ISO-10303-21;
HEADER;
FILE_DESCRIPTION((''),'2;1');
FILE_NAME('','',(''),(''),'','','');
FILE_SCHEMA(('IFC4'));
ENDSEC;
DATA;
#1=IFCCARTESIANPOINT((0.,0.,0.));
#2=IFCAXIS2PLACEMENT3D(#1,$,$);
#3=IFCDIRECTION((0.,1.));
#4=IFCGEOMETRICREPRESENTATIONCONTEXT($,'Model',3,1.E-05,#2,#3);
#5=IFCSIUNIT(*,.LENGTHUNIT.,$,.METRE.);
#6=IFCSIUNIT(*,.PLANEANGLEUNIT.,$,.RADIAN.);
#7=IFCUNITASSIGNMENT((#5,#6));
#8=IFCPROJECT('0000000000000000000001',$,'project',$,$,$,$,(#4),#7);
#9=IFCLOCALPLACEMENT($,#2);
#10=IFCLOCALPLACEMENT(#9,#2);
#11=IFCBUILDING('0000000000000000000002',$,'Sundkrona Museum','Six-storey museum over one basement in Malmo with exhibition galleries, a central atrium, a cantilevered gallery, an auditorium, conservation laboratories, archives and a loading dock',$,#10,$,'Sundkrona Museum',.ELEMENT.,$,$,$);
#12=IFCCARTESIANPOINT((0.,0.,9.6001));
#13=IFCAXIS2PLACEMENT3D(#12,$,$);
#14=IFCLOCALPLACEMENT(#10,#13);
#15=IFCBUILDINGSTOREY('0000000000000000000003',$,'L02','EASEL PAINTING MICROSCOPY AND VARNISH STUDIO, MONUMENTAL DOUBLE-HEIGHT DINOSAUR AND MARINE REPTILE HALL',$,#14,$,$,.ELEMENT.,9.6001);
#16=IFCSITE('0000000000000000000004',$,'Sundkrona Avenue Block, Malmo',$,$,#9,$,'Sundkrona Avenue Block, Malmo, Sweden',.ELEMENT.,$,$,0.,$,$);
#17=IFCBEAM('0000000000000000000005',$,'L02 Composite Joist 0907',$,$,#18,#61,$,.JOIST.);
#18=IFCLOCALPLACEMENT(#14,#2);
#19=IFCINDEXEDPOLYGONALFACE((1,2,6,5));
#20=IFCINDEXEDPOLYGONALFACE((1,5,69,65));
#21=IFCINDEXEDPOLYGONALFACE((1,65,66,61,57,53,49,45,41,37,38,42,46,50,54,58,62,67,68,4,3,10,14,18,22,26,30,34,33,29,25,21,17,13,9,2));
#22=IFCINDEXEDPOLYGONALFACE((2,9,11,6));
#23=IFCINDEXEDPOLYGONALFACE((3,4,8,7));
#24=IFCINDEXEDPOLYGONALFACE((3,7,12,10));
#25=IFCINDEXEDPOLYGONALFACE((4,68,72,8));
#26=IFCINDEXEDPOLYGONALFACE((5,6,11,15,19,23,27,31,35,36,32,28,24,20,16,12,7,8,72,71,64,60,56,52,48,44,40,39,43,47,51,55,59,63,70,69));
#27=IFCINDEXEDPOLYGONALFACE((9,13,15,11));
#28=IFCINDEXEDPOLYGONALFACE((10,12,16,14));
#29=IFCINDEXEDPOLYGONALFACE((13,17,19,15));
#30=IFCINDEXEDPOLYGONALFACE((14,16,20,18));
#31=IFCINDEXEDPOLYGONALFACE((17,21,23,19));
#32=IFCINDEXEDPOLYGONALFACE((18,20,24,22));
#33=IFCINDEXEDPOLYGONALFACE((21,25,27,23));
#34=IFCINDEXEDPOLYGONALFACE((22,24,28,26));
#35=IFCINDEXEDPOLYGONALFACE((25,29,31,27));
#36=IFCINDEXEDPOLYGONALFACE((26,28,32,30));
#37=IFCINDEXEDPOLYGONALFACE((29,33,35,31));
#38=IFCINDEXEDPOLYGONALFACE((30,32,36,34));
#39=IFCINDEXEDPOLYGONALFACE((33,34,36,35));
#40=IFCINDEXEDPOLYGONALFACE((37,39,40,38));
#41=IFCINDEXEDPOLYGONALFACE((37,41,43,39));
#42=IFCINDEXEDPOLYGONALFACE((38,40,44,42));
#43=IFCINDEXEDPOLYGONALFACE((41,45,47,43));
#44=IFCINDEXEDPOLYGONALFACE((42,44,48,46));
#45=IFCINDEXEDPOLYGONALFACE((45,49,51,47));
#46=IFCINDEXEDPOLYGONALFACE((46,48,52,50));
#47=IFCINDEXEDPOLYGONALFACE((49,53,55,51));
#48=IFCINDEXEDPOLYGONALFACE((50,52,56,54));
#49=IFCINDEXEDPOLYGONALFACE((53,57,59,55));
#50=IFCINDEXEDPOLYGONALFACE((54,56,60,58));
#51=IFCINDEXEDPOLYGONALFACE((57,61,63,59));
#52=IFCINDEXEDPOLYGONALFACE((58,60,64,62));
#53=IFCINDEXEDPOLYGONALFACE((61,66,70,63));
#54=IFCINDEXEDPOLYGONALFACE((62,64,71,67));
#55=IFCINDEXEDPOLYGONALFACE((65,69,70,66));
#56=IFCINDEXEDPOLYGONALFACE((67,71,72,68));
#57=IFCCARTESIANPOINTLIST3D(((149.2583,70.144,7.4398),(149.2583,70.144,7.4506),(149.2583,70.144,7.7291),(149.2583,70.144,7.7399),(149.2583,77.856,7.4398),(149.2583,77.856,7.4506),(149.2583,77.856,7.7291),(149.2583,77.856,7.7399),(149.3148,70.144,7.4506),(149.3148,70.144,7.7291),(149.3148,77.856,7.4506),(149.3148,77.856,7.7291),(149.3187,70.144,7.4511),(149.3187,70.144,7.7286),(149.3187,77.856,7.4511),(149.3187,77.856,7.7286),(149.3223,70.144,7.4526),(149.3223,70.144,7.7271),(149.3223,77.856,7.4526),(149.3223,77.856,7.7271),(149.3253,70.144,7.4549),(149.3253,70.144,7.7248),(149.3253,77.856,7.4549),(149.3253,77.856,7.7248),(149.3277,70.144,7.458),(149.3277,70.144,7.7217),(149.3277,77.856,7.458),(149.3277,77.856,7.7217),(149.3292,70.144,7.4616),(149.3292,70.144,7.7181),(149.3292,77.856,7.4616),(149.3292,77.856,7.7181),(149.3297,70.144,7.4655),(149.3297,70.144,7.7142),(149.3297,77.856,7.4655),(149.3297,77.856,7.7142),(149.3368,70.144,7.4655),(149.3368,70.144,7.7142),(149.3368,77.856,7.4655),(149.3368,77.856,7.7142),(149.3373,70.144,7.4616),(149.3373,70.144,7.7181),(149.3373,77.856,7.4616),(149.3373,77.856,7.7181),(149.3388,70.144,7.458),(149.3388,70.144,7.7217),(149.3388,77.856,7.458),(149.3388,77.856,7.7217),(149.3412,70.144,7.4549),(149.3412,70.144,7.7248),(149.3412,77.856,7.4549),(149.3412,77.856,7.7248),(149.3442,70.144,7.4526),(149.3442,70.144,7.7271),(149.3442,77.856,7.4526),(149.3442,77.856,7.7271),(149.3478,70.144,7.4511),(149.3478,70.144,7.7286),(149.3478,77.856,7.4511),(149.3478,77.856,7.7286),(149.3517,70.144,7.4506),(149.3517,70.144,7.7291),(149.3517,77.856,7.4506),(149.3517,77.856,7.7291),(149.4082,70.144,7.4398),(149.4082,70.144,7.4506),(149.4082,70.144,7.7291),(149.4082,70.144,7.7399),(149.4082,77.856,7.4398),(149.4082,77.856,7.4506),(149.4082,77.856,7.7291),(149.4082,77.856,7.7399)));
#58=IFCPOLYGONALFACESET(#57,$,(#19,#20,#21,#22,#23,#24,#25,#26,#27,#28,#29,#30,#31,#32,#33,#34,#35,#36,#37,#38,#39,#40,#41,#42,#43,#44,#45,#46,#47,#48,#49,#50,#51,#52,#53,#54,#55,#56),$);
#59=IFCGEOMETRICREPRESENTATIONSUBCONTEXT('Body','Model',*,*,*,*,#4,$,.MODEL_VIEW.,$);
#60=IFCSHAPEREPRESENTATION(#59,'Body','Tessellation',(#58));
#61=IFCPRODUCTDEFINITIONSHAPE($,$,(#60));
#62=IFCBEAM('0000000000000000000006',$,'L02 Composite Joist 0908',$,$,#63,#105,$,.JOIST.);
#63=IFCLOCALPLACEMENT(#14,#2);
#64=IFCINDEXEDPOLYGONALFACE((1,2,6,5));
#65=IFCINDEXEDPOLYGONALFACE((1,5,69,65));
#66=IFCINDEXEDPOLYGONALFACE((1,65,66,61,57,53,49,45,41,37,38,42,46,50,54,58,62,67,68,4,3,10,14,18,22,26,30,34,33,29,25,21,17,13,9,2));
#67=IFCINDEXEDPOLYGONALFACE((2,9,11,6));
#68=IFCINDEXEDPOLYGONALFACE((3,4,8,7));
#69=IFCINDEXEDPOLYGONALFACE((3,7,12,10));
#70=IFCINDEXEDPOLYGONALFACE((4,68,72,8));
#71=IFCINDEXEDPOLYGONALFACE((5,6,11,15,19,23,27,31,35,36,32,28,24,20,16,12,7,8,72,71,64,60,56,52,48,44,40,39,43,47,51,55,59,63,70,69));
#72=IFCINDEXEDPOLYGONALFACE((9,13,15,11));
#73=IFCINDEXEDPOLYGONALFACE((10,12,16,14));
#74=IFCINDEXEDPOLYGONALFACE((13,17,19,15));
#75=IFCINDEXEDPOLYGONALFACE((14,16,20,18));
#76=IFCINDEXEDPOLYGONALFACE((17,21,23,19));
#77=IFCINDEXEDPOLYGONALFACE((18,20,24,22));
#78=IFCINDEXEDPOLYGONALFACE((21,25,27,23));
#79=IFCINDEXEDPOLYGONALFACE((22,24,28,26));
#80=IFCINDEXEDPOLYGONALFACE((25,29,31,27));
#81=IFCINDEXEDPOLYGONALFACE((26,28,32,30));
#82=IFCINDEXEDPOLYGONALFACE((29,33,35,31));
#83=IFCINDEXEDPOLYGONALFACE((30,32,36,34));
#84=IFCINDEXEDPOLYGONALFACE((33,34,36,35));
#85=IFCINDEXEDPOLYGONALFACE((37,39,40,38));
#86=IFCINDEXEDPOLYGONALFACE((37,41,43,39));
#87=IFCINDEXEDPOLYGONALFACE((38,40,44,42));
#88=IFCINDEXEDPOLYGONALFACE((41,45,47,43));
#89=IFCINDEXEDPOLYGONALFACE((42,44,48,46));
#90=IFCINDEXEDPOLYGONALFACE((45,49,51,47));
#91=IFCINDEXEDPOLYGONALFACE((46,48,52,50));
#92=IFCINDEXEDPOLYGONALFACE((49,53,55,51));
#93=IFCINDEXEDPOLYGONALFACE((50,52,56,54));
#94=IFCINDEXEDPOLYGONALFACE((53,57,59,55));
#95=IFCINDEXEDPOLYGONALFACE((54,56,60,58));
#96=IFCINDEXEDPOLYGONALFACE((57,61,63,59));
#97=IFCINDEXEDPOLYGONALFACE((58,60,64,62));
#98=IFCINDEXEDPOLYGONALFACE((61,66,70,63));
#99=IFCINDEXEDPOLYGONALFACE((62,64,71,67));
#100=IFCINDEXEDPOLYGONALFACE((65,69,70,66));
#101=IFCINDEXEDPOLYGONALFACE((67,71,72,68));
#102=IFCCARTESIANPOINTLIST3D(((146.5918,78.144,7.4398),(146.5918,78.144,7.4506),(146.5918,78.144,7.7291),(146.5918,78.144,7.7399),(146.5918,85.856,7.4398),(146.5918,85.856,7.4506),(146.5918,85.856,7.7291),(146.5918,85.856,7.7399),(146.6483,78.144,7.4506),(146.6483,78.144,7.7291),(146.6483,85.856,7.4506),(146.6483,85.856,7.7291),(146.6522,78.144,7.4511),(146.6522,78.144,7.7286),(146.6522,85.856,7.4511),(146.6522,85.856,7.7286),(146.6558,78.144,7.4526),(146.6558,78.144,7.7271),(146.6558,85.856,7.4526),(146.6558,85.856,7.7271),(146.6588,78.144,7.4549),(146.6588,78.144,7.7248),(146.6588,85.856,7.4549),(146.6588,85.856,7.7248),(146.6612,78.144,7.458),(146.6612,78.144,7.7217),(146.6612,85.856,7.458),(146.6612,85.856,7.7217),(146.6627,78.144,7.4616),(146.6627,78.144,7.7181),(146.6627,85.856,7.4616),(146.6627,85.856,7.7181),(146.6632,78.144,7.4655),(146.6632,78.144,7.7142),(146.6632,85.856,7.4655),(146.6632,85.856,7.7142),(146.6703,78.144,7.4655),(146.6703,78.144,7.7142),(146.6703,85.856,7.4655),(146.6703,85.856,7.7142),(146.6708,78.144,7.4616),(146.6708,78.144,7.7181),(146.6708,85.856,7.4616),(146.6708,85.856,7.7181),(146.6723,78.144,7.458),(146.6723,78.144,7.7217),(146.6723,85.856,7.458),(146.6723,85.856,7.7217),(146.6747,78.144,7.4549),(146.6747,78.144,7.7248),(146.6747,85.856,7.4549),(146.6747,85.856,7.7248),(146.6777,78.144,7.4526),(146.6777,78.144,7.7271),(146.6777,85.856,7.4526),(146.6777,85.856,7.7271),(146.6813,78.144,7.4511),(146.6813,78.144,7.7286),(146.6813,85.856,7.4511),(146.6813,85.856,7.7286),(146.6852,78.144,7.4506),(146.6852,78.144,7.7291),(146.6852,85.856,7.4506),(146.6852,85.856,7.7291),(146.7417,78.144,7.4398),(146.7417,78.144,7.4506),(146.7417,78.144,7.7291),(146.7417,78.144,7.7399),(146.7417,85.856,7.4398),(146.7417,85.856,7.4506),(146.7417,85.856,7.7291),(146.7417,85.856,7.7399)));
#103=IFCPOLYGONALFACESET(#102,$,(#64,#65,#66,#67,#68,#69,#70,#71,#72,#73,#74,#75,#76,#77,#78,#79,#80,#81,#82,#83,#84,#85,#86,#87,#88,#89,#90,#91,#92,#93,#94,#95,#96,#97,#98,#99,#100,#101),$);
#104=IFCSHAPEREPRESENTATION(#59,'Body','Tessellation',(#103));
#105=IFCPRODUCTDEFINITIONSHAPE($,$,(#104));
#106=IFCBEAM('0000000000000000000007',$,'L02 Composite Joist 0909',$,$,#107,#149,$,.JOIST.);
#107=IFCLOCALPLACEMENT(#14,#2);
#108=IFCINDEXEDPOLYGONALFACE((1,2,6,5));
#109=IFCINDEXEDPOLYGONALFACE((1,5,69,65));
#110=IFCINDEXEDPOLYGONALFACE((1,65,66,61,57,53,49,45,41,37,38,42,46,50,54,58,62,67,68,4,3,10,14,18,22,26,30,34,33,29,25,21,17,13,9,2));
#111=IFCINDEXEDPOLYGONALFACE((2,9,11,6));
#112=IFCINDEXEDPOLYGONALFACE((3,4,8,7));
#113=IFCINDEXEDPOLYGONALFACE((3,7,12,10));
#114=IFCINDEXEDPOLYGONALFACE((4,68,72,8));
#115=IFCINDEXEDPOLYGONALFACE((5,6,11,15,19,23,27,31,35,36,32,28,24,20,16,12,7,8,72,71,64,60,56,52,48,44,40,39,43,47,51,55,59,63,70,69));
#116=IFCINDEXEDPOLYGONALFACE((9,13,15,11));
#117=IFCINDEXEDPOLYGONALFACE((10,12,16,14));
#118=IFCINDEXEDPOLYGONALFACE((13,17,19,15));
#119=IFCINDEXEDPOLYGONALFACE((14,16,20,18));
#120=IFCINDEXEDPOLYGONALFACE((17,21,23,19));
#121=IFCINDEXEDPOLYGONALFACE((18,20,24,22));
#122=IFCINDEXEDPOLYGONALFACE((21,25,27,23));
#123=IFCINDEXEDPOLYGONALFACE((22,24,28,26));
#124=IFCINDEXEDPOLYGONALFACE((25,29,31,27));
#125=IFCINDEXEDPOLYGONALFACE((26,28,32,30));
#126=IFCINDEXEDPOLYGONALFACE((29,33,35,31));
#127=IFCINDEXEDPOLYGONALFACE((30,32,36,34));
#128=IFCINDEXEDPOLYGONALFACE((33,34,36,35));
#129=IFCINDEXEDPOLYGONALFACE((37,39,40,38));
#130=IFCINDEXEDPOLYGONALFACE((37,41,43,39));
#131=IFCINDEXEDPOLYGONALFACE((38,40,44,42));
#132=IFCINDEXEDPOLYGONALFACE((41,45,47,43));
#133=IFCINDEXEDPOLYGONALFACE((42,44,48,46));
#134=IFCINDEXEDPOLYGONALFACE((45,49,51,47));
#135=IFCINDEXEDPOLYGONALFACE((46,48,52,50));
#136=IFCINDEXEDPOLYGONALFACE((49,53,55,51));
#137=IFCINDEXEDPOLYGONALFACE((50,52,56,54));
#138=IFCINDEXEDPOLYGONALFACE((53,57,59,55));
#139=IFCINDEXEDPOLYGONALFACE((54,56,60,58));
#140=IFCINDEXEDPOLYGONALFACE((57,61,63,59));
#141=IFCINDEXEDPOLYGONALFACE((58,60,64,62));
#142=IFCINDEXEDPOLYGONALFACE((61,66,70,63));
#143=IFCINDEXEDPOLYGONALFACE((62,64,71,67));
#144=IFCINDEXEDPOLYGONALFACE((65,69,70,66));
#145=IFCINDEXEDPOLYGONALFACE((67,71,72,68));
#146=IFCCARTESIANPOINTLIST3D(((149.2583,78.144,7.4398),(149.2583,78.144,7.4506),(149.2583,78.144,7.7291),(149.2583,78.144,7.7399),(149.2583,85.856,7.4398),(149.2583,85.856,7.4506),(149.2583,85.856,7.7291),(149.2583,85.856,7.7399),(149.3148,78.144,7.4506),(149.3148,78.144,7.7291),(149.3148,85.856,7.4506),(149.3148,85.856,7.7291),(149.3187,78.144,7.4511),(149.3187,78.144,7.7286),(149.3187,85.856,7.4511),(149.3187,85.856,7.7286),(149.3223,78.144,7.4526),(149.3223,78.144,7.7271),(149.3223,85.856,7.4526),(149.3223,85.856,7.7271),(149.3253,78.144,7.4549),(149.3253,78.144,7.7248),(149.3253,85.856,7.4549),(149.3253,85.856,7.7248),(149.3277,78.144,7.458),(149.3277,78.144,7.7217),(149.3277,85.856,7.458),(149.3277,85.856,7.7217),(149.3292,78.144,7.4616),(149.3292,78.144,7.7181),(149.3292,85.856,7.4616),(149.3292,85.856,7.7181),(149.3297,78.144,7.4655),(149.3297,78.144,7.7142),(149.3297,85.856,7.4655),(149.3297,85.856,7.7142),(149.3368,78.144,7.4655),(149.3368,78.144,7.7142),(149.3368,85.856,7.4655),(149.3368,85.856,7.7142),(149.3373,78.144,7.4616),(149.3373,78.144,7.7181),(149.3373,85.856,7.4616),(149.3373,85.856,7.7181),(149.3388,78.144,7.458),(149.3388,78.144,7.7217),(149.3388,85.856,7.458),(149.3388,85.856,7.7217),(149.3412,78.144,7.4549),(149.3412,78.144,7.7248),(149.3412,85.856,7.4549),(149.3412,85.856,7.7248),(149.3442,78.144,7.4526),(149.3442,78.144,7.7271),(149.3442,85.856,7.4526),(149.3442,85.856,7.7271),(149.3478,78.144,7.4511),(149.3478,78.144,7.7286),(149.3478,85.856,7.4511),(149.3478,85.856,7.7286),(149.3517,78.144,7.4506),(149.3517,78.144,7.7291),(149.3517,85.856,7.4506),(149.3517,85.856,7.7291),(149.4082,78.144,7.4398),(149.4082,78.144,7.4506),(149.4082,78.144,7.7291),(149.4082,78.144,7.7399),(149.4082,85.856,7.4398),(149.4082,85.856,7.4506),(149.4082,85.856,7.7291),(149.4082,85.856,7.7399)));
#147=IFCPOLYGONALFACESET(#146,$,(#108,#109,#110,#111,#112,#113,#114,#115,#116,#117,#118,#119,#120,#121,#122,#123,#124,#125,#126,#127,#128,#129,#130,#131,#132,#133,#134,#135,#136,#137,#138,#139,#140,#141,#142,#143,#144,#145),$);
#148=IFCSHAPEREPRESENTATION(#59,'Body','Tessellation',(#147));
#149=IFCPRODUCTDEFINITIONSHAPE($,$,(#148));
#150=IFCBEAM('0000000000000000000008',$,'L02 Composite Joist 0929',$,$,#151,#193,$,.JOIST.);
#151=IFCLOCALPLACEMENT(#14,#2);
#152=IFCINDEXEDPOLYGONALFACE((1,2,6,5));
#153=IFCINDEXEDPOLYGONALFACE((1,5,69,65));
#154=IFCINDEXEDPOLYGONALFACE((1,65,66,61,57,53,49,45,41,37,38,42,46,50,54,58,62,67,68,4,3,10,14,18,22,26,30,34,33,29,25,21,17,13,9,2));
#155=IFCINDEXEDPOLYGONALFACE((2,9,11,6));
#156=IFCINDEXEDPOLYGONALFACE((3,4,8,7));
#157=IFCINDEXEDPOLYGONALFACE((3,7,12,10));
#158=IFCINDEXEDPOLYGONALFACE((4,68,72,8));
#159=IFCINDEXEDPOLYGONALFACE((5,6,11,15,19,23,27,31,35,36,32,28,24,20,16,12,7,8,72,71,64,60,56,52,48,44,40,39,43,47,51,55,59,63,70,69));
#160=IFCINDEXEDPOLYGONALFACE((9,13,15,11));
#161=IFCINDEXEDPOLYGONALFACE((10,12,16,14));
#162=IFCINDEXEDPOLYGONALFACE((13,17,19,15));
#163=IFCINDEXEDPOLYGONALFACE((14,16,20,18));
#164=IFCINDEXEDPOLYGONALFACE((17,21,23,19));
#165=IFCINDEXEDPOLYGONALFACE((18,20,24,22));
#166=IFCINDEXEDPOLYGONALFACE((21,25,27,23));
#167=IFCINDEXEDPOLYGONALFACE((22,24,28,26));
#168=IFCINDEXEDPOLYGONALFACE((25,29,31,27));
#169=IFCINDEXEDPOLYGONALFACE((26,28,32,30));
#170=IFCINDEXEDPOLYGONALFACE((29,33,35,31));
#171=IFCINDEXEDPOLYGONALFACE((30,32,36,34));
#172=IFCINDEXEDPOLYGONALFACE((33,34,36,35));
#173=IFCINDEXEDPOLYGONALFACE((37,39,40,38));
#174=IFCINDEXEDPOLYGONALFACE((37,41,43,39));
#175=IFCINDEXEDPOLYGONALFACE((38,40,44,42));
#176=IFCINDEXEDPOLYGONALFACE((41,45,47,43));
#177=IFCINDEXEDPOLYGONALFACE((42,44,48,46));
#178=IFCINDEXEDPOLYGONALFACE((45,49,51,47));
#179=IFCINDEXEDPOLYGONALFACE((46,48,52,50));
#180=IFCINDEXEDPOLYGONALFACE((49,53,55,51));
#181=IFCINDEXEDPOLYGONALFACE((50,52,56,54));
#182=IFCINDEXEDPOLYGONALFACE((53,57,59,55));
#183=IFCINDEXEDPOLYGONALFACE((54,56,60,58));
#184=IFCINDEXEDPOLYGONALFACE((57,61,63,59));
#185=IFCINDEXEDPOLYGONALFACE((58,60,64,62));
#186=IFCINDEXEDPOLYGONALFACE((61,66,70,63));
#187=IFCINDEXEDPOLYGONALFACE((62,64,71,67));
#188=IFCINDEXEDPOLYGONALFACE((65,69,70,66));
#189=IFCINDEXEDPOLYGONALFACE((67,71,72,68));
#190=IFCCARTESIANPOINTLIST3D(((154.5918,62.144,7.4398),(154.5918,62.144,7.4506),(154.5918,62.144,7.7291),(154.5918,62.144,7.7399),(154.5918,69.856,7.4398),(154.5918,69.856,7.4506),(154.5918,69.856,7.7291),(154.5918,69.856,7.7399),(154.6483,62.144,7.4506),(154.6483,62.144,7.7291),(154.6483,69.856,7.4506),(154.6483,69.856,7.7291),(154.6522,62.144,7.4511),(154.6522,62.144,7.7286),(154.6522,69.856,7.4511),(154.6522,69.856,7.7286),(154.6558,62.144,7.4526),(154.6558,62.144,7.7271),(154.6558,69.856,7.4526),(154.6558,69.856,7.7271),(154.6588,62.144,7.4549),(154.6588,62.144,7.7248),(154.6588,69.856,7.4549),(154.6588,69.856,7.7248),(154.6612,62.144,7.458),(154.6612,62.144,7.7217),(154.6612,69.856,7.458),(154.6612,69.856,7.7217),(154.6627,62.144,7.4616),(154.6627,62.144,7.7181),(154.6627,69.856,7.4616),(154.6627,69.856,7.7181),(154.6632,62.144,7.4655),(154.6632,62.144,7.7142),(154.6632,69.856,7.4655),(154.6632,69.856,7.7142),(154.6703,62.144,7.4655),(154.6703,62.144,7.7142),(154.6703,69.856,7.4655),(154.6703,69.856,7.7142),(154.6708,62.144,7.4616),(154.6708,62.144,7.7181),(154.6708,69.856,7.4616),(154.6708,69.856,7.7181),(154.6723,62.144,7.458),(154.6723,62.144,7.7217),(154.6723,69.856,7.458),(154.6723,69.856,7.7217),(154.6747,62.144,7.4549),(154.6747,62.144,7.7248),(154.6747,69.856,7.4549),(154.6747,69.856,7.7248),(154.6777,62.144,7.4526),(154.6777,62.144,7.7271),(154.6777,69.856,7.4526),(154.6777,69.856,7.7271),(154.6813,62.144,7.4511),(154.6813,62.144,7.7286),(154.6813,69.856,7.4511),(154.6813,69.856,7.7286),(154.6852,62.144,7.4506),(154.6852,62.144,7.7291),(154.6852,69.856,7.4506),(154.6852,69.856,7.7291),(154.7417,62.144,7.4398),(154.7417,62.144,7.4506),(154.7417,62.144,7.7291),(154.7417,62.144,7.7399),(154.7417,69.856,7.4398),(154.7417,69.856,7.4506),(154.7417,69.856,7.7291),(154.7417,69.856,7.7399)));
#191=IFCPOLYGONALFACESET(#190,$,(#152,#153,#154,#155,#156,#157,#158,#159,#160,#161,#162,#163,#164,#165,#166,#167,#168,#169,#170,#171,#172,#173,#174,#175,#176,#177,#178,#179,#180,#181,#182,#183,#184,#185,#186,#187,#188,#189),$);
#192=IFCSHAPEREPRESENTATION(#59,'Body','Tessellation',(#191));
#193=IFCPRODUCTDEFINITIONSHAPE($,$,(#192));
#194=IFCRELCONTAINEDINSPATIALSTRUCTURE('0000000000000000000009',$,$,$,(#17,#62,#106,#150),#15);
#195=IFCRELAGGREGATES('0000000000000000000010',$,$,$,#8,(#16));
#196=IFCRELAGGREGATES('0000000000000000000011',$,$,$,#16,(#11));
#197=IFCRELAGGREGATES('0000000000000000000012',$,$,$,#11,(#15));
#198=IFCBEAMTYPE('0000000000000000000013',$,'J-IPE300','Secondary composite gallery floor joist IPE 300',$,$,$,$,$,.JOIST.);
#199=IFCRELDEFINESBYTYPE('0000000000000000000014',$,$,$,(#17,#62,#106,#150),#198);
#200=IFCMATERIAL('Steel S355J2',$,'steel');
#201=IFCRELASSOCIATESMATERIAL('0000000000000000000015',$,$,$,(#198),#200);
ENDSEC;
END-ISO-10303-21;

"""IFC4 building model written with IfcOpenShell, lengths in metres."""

from ifc_helpers import new_model, si_unit, direction, frame, origin, origin_2d, place, context, subcontext, project, spatial, i_section, extrude, material, material_profile, profile_set, type_object, element, save


model = new_model("IFC4")

# Units and contexts
model_context = context("Model", 3, precision=1e-05, world=origin(), true_north=direction((0.0, 1.0)))
body_context = subcontext(model_context, "Body", "Model", "MODEL_VIEW")
ifc_project = project(units=[si_unit("LENGTHUNIT", "METRE"), si_unit("PLANEANGLEUNIT", "RADIAN")], contexts=[model_context])

# Site, building, storey
site_placement = place(None, origin())
site = spatial("IfcSite", under=ifc_project, at=site_placement, Name="Sundkrona Avenue Block, Malmo", LongName="Sundkrona Avenue Block, Malmo, Sweden", CompositionType="ELEMENT", RefElevation=0.0)
building_placement = place(site_placement, origin())
building = spatial("IfcBuilding", under=site, at=building_placement, Name="Sundkrona Museum", Description="Six-storey museum over one basement in Malmo with exhibition galleries, a central atrium, a cantilevered gallery, an auditorium, conservation laboratories, archives and a loading dock", LongName="Sundkrona Museum", CompositionType="ELEMENT")
storey_placement = place(building_placement, frame((0.0, 0.0, 9.6001)))
storey = spatial("IfcBuildingStorey", under=building, at=storey_placement, Name="L02", Description="EASEL PAINTING MICROSCOPY AND VARNISH STUDIO, MONUMENTAL DOUBLE-HEIGHT DINOSAUR AND MARINE REPTILE HALL", CompositionType="ELEMENT", Elevation=9.6001)

# Shared definitions
ifc_material_1 = material(Name="Steel S355J2", Category="steel")

# Beams
ifc_material_profile_1 = material_profile(ifc_material_1, i_section(OverallWidth=0.1499, OverallDepth=0.3, WebThickness=0.0071, FlangeThickness=0.0107, FilletRadius=0.0149, at=origin_2d()), Name="IPE 300")
ifc_profile_set_1 = profile_set([ifc_material_profile_1], Name="Steel S355J2")
beam_type_1 = type_object("IfcBeamType", Name="J-IPE300", Description="Secondary composite gallery floor joist IPE 300", PredefinedType="JOIST", material=ifc_profile_set_1)
for number, where, z_axis, x_axis, name in (
    (1, (149.3333, 70.144, 7.5898), (0.0, 1.0, 0.0), (-1.0, 0.0, 0.0), "L02 Composite Joist 0907"),
    (2, (146.6667, 78.144, 7.5898), (0.0, 1.0, 0.0), (-1.0, 0.0, 0.0), "L02 Composite Joist 0908"),
    (3, (149.3333, 78.144, 7.5898), (0.0, 1.0, 0.0), (-1.0, 0.0, 0.0), "L02 Composite Joist 0909"),
    (4, (154.6667, 62.144, 7.5898), (0.0, 1.0, 0.0), (-1.0, 0.0, 0.0), "L02 Composite Joist 0929"),
):
    element("IfcBeam", number, at=place(storey_placement, frame(where, z_axis=z_axis, x_axis=x_axis)), inside=storey, type_object=beam_type_1, Name=name, PredefinedType="JOIST", context=body_context, shape_type="SweptSolid", body=[
        extrude(i_section(OverallWidth=0.1499, OverallDepth=0.3, WebThickness=0.0071, FlangeThickness=0.0107, FilletRadius=0.0149, at=origin_2d()), origin(), (0.0, 0.0, 1.0), 7.7119),
    ])

save(model, "model.ifc")
